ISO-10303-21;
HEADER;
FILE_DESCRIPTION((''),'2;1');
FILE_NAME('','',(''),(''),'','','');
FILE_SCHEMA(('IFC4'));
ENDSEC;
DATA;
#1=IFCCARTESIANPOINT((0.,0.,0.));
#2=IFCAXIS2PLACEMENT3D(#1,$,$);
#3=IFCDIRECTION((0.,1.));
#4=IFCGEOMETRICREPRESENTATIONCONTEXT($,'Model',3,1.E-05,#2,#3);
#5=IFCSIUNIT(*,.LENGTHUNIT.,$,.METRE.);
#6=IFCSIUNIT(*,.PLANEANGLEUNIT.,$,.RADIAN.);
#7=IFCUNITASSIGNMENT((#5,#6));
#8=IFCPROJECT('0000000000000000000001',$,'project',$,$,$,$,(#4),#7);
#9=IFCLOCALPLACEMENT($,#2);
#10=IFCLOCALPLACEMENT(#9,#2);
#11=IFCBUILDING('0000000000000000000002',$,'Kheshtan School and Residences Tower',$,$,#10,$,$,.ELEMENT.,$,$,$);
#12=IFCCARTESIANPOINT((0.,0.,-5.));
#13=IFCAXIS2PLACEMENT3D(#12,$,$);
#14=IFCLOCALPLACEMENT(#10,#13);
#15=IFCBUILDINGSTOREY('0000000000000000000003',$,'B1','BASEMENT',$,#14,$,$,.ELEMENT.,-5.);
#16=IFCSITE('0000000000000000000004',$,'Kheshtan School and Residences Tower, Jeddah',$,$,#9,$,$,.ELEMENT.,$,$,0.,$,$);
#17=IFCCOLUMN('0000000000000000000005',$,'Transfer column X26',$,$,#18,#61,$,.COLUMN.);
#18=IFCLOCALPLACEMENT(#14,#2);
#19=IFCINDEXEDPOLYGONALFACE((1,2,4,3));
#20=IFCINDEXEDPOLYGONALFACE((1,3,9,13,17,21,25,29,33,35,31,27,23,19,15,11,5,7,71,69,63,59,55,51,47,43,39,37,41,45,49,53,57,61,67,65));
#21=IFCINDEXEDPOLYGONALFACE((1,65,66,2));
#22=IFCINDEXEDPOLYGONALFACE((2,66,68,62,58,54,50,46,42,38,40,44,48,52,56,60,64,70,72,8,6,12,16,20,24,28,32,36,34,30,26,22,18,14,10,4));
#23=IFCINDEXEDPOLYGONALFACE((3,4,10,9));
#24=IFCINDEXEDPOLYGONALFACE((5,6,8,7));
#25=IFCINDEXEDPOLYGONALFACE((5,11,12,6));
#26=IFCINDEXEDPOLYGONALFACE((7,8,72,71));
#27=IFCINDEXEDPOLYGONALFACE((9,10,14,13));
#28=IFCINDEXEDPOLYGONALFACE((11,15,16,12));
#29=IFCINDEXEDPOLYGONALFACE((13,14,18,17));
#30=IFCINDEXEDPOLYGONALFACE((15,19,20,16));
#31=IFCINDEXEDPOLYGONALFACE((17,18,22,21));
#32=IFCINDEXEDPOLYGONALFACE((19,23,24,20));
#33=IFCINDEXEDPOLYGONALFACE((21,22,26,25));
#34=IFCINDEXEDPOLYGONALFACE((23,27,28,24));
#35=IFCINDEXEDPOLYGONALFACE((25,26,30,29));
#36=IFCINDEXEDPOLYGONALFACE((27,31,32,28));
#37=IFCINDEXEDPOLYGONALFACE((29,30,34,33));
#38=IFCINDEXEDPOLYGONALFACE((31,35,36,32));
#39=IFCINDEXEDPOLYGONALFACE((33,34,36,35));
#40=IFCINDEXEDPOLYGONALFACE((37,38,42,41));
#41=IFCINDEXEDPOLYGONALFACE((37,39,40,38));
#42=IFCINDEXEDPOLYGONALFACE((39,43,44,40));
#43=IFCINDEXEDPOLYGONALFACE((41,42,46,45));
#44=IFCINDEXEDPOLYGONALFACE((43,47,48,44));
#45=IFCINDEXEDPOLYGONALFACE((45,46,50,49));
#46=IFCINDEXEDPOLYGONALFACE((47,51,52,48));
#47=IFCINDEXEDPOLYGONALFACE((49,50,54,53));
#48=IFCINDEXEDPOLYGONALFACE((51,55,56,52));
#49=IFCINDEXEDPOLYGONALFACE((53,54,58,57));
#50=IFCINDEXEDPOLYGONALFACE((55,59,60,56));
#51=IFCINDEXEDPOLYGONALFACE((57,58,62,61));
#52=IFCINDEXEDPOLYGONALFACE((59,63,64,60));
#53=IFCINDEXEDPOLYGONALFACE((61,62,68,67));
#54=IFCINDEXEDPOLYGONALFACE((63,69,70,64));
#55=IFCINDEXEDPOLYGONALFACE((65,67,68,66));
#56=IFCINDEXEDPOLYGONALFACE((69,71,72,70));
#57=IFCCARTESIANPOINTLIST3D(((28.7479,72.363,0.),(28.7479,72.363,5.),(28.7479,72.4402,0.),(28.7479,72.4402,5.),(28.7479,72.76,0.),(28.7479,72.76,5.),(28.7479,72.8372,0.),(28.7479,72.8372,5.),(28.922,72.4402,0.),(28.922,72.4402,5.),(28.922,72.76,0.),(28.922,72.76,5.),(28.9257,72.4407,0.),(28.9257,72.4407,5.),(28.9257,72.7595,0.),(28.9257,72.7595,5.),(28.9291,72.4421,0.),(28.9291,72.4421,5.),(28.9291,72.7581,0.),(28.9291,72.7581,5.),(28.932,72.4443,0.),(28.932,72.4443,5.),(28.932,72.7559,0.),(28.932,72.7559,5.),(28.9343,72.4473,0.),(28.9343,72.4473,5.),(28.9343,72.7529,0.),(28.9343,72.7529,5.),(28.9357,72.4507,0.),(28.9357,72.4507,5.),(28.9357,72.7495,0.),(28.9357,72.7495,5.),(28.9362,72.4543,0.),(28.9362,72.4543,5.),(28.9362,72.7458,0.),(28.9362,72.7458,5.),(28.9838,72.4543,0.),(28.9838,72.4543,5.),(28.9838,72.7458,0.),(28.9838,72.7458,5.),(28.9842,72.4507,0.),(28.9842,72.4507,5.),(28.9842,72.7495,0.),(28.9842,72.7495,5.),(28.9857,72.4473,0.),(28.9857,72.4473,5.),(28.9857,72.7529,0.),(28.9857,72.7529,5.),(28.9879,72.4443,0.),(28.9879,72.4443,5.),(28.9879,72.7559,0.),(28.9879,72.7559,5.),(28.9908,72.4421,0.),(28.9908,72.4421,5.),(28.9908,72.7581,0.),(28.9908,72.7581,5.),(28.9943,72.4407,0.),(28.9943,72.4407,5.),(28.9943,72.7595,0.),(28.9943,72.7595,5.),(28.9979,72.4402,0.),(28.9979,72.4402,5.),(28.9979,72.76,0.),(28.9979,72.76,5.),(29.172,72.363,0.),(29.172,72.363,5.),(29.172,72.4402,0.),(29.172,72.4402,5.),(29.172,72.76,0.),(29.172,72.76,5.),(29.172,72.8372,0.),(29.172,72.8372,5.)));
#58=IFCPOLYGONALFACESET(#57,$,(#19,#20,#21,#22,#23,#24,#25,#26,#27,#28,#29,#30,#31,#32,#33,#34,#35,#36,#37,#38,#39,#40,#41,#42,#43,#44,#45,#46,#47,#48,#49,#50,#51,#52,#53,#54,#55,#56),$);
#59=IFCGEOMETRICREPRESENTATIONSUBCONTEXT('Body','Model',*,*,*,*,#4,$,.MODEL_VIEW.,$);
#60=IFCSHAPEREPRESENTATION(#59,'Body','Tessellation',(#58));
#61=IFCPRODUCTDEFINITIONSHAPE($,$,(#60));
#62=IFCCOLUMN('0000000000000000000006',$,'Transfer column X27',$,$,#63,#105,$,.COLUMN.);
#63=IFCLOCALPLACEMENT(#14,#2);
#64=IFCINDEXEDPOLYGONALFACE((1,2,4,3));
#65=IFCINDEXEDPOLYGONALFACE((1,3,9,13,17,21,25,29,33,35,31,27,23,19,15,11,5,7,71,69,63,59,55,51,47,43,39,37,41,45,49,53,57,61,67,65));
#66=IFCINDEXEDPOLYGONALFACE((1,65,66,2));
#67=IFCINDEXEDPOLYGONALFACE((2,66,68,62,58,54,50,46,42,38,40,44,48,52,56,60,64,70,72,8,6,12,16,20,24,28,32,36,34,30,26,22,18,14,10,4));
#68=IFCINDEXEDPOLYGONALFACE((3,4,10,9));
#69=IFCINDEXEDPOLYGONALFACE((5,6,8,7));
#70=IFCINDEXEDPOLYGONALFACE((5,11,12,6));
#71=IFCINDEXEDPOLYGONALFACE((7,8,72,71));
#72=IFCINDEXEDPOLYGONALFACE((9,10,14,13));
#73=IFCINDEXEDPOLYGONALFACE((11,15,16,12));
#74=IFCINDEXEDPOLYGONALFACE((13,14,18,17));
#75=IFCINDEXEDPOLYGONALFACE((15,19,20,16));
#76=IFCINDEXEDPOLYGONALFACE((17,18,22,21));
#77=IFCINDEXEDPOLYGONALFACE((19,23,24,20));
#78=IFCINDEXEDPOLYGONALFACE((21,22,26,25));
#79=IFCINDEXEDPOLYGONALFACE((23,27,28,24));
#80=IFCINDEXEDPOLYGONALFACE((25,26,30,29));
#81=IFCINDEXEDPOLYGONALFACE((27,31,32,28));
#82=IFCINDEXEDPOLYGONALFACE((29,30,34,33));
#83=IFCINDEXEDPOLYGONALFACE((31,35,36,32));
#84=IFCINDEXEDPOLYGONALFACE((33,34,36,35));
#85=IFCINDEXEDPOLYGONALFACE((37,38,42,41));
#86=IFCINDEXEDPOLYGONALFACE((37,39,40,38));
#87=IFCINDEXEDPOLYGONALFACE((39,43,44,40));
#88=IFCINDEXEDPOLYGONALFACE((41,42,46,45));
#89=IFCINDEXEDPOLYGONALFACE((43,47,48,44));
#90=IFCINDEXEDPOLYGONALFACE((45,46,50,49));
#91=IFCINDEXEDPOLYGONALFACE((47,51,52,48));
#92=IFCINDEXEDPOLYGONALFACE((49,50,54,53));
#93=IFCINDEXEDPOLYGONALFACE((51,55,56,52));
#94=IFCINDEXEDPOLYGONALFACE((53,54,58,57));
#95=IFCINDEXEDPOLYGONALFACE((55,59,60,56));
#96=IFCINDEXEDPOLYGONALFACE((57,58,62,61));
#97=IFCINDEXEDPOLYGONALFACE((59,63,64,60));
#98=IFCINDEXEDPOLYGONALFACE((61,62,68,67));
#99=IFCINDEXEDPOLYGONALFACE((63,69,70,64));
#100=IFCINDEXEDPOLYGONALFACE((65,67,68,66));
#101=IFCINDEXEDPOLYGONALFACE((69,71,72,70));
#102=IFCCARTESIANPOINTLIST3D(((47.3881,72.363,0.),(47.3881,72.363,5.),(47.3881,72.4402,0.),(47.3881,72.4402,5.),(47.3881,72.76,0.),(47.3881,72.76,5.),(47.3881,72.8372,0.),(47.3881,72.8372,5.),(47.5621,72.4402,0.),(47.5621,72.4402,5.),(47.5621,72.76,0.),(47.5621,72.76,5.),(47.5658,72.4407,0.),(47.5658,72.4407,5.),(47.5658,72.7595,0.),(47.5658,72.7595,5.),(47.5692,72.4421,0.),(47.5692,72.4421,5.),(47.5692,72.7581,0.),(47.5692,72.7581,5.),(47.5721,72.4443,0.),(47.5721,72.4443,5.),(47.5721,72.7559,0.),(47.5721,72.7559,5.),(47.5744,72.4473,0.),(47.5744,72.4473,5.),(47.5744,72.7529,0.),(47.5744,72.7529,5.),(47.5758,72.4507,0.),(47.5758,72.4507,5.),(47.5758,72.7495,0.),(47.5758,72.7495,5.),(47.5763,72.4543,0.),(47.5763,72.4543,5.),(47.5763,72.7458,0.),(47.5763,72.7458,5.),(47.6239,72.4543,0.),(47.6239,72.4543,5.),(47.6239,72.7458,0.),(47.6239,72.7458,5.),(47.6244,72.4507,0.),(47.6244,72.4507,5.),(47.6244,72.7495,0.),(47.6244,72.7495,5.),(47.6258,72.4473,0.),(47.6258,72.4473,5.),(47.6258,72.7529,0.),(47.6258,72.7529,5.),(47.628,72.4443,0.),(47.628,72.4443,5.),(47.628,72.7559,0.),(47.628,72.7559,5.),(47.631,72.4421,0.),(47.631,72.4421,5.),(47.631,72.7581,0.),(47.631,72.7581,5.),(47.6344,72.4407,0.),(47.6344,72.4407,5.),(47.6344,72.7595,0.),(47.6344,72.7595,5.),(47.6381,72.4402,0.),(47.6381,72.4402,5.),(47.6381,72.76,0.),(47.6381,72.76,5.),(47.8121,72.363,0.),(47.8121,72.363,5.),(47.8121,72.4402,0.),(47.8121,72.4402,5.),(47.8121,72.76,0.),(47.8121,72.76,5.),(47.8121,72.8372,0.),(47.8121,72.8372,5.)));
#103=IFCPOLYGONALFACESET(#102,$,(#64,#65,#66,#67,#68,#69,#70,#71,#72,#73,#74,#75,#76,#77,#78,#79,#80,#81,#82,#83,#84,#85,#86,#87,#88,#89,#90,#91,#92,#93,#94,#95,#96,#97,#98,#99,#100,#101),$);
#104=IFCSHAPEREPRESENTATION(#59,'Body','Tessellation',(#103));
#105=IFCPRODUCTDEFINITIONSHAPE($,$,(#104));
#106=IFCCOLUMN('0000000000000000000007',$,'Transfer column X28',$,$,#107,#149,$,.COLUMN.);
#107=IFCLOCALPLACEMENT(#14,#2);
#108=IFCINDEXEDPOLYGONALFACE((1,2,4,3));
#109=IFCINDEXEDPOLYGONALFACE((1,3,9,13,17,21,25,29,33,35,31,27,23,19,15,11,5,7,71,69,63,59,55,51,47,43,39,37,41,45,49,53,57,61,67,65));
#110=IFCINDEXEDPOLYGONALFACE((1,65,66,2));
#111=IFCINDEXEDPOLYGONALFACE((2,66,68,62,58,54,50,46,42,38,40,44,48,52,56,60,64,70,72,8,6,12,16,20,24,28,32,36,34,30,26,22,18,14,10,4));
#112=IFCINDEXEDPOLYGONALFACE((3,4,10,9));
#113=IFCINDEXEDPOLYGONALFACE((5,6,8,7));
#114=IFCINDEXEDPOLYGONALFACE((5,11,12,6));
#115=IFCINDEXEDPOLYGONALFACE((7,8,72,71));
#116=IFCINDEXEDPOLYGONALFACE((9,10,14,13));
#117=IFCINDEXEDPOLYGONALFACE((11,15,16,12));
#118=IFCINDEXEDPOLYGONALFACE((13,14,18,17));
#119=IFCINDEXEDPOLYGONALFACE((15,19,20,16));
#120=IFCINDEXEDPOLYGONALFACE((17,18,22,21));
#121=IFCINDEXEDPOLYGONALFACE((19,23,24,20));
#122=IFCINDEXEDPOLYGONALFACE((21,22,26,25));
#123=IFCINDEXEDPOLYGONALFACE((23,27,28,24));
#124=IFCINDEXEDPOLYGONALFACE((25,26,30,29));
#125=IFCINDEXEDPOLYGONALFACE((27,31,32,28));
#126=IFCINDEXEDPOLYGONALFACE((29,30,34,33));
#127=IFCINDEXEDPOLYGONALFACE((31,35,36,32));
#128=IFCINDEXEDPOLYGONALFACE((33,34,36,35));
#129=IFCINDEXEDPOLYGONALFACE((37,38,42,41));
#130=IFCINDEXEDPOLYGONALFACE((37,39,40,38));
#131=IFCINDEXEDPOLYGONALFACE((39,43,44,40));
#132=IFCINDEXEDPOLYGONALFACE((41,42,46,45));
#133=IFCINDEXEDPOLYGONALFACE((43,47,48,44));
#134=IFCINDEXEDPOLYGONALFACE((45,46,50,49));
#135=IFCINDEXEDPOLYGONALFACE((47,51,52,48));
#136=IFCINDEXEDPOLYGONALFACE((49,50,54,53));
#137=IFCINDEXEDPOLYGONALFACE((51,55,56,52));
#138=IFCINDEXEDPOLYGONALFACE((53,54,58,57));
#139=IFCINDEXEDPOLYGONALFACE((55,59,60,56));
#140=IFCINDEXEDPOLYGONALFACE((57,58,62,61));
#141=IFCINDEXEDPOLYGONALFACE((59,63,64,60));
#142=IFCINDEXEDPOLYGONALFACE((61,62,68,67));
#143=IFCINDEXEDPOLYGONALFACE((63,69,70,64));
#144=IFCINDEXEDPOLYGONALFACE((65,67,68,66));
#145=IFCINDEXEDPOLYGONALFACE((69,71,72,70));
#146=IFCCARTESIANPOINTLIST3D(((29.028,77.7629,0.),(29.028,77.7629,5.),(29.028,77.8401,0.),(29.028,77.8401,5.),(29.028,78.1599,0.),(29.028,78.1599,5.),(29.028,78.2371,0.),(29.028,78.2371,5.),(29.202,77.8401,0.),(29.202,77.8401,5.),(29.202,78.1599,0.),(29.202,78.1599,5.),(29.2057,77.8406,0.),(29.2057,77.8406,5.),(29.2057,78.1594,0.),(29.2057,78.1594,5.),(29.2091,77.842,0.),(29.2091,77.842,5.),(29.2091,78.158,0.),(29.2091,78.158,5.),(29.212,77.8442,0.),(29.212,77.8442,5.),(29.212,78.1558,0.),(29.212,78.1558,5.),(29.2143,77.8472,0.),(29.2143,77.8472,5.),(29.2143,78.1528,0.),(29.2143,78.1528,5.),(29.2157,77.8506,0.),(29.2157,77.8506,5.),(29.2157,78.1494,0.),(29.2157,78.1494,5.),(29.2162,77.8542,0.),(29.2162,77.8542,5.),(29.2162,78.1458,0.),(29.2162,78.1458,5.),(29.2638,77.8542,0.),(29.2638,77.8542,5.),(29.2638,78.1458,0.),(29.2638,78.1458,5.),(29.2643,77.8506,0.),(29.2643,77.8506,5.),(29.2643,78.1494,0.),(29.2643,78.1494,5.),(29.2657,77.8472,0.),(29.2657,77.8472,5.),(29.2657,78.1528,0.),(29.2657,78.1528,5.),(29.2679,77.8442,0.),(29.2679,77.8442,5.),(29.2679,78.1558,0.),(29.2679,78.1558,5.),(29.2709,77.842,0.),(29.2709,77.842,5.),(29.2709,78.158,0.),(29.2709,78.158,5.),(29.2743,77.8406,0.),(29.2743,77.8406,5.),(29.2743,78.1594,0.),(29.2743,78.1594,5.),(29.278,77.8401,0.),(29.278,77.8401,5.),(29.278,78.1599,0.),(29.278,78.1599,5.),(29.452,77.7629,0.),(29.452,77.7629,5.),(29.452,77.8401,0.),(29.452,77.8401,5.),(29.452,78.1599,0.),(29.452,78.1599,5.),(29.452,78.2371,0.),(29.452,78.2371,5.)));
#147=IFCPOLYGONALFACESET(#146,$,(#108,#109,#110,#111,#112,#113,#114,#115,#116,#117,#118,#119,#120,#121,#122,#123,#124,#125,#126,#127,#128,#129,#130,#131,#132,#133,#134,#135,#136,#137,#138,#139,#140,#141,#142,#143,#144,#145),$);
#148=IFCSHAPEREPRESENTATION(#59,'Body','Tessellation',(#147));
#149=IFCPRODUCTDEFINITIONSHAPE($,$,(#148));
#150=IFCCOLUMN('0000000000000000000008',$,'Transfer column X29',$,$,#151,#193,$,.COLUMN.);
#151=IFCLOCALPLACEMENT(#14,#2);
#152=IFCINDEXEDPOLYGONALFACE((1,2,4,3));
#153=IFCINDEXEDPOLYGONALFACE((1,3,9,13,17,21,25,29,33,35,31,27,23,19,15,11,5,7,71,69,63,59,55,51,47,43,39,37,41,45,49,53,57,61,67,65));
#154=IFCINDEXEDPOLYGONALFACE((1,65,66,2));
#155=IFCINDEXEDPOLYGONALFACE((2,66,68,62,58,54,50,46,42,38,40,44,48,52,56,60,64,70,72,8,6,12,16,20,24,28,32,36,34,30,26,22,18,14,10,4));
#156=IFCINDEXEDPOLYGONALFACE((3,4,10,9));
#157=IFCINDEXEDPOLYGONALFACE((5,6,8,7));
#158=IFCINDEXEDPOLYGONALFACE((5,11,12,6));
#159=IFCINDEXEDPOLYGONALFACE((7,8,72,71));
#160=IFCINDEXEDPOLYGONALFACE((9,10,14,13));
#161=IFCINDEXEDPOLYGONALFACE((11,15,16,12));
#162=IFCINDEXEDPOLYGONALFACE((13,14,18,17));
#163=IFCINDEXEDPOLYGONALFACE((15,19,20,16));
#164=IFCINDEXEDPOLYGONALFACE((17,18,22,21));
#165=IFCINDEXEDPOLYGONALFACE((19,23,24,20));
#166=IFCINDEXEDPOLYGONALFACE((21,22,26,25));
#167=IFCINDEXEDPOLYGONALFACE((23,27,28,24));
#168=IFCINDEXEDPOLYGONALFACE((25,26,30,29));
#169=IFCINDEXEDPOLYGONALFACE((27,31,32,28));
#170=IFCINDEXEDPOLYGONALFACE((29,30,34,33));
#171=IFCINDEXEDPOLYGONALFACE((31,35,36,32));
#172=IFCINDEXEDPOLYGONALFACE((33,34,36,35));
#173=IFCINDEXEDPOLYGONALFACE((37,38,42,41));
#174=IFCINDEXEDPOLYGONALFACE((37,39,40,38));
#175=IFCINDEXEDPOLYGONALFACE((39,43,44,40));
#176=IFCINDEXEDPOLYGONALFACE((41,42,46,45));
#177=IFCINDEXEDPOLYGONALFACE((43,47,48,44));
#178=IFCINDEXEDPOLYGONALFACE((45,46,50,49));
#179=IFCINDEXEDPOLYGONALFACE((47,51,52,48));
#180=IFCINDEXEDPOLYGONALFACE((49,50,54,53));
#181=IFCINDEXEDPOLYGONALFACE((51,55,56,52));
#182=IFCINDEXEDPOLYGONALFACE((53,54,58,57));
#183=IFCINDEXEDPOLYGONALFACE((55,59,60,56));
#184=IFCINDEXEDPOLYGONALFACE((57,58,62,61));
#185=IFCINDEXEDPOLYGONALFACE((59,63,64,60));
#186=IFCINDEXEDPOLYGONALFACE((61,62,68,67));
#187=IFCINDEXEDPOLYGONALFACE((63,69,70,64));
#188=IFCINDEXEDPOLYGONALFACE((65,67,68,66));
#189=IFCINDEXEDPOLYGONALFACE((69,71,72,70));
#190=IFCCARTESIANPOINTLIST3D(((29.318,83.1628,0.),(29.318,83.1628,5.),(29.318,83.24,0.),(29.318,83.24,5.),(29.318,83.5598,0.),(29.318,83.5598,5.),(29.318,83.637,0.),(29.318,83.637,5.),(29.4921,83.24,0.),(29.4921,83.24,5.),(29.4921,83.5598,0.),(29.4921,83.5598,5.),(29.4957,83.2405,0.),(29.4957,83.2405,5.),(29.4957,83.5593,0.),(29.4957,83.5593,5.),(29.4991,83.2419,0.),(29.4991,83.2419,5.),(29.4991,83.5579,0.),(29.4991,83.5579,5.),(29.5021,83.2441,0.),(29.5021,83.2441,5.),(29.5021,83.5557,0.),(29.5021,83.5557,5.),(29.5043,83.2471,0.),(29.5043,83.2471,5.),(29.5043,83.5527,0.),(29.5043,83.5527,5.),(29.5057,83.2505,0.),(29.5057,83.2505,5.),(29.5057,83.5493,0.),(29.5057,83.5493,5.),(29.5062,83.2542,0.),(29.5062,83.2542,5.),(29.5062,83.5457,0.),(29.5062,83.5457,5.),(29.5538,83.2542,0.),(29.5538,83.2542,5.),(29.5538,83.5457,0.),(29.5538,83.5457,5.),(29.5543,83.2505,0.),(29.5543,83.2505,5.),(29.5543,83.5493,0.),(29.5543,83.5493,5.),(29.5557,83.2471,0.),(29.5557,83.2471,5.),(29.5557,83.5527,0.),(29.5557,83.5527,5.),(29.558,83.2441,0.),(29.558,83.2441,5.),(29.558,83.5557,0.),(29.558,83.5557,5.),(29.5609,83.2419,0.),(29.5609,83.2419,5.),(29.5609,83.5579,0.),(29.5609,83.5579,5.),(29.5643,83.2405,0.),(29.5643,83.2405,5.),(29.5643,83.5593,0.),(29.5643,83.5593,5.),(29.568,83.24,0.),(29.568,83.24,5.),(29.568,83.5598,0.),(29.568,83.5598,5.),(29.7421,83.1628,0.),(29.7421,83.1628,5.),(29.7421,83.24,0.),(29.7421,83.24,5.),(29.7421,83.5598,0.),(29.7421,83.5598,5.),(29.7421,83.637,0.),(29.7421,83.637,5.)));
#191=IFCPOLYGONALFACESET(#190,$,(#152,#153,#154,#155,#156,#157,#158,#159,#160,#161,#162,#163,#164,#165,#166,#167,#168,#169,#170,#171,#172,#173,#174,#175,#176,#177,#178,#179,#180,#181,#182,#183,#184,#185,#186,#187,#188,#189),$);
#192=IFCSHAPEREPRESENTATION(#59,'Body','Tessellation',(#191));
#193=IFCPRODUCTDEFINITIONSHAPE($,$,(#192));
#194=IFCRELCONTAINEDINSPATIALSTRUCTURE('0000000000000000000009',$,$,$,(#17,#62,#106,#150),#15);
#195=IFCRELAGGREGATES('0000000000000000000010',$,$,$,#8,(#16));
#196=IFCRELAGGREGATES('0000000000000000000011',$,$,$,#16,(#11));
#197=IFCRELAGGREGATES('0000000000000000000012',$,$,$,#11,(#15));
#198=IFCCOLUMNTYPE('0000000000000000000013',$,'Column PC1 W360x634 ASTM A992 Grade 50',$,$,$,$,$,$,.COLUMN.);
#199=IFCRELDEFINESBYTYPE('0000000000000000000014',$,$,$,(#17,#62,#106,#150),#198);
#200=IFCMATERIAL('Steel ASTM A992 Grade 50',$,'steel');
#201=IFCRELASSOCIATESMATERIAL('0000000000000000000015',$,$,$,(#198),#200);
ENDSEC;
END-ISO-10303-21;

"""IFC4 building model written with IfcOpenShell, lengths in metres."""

from ifc_helpers import new_model, si_unit, direction, frame, origin, origin_2d, place, context, subcontext, project, spatial, i_section, extrude, material, material_profile, profile_set, type_object, element, save


model = new_model("IFC4")

# Units and contexts
model_context = context("Model", 3, precision=1e-05, world=origin(), true_north=direction((0.0, 1.0)))
body_context = subcontext(model_context, "Body", "Model", "MODEL_VIEW")
ifc_project = project(units=[si_unit("LENGTHUNIT", "METRE"), si_unit("PLANEANGLEUNIT", "RADIAN")], contexts=[model_context])

# Site, building, storey
site_placement = place(None, origin())
site = spatial("IfcSite", under=ifc_project, at=site_placement, Name="Kheshtan School and Residences Tower, Jeddah", CompositionType="ELEMENT", RefElevation=0.0)
building_placement = place(site_placement, origin())
building = spatial("IfcBuilding", under=site, at=building_placement, Name="Kheshtan School and Residences Tower", CompositionType="ELEMENT")
storey_placement = place(building_placement, frame((0.0, 0.0, -5.0)))
storey = spatial("IfcBuildingStorey", under=building, at=storey_placement, Name="B1", Description="BASEMENT", CompositionType="ELEMENT", Elevation=-5.0)

# Columns
ifc_material_1 = material(Name="Steel ASTM A992 Grade 50", Category="steel")
ifc_material_profile_1 = material_profile(ifc_material_1, i_section(OverallWidth=0.4241, OverallDepth=0.4741, WebThickness=0.0476, FlangeThickness=0.0771, FilletRadius=0.0142, at=origin_2d()), Name="W360x634")
ifc_profile_set_1 = profile_set([ifc_material_profile_1], Name="Steel ASTM A992 Grade 50")
column_type = type_object("IfcColumnType", Name="Column PC1 W360x634 ASTM A992 Grade 50", PredefinedType="COLUMN", material=ifc_profile_set_1)
for number, where, z_axis, x_axis, name in (
    (1, (28.96, 72.6001, 0.0), (0.0, 0.0, 1.0), (1.0, 0.0, 0.0), "Transfer column X26"),
    (2, (47.6001, 72.6001, 0.0), (0.0, 0.0, 1.0), (1.0, 0.0, 0.0), "Transfer column X27"),
    (3, (29.24, 78.0, 0.0), (0.0, 0.0, 1.0), (1.0, 0.0, 0.0), "Transfer column X28"),
    (4, (29.53, 83.3999, 0.0), (0.0, 0.0, 1.0), (1.0, 0.0, 0.0), "Transfer column X29"),
):
    element("IfcColumn", number, at=place(storey_placement, frame(where, z_axis=z_axis, x_axis=x_axis)), inside=storey, type_object=column_type, Name=name, PredefinedType="COLUMN", context=body_context, shape_type="SweptSolid", body=[
        extrude(i_section(OverallWidth=0.4241, OverallDepth=0.4741, WebThickness=0.0476, FlangeThickness=0.0771, FilletRadius=0.0142, at=origin_2d()), origin(), (0.0, 0.0, 1.0), 5.0),
    ])

save(model, "model.ifc")
